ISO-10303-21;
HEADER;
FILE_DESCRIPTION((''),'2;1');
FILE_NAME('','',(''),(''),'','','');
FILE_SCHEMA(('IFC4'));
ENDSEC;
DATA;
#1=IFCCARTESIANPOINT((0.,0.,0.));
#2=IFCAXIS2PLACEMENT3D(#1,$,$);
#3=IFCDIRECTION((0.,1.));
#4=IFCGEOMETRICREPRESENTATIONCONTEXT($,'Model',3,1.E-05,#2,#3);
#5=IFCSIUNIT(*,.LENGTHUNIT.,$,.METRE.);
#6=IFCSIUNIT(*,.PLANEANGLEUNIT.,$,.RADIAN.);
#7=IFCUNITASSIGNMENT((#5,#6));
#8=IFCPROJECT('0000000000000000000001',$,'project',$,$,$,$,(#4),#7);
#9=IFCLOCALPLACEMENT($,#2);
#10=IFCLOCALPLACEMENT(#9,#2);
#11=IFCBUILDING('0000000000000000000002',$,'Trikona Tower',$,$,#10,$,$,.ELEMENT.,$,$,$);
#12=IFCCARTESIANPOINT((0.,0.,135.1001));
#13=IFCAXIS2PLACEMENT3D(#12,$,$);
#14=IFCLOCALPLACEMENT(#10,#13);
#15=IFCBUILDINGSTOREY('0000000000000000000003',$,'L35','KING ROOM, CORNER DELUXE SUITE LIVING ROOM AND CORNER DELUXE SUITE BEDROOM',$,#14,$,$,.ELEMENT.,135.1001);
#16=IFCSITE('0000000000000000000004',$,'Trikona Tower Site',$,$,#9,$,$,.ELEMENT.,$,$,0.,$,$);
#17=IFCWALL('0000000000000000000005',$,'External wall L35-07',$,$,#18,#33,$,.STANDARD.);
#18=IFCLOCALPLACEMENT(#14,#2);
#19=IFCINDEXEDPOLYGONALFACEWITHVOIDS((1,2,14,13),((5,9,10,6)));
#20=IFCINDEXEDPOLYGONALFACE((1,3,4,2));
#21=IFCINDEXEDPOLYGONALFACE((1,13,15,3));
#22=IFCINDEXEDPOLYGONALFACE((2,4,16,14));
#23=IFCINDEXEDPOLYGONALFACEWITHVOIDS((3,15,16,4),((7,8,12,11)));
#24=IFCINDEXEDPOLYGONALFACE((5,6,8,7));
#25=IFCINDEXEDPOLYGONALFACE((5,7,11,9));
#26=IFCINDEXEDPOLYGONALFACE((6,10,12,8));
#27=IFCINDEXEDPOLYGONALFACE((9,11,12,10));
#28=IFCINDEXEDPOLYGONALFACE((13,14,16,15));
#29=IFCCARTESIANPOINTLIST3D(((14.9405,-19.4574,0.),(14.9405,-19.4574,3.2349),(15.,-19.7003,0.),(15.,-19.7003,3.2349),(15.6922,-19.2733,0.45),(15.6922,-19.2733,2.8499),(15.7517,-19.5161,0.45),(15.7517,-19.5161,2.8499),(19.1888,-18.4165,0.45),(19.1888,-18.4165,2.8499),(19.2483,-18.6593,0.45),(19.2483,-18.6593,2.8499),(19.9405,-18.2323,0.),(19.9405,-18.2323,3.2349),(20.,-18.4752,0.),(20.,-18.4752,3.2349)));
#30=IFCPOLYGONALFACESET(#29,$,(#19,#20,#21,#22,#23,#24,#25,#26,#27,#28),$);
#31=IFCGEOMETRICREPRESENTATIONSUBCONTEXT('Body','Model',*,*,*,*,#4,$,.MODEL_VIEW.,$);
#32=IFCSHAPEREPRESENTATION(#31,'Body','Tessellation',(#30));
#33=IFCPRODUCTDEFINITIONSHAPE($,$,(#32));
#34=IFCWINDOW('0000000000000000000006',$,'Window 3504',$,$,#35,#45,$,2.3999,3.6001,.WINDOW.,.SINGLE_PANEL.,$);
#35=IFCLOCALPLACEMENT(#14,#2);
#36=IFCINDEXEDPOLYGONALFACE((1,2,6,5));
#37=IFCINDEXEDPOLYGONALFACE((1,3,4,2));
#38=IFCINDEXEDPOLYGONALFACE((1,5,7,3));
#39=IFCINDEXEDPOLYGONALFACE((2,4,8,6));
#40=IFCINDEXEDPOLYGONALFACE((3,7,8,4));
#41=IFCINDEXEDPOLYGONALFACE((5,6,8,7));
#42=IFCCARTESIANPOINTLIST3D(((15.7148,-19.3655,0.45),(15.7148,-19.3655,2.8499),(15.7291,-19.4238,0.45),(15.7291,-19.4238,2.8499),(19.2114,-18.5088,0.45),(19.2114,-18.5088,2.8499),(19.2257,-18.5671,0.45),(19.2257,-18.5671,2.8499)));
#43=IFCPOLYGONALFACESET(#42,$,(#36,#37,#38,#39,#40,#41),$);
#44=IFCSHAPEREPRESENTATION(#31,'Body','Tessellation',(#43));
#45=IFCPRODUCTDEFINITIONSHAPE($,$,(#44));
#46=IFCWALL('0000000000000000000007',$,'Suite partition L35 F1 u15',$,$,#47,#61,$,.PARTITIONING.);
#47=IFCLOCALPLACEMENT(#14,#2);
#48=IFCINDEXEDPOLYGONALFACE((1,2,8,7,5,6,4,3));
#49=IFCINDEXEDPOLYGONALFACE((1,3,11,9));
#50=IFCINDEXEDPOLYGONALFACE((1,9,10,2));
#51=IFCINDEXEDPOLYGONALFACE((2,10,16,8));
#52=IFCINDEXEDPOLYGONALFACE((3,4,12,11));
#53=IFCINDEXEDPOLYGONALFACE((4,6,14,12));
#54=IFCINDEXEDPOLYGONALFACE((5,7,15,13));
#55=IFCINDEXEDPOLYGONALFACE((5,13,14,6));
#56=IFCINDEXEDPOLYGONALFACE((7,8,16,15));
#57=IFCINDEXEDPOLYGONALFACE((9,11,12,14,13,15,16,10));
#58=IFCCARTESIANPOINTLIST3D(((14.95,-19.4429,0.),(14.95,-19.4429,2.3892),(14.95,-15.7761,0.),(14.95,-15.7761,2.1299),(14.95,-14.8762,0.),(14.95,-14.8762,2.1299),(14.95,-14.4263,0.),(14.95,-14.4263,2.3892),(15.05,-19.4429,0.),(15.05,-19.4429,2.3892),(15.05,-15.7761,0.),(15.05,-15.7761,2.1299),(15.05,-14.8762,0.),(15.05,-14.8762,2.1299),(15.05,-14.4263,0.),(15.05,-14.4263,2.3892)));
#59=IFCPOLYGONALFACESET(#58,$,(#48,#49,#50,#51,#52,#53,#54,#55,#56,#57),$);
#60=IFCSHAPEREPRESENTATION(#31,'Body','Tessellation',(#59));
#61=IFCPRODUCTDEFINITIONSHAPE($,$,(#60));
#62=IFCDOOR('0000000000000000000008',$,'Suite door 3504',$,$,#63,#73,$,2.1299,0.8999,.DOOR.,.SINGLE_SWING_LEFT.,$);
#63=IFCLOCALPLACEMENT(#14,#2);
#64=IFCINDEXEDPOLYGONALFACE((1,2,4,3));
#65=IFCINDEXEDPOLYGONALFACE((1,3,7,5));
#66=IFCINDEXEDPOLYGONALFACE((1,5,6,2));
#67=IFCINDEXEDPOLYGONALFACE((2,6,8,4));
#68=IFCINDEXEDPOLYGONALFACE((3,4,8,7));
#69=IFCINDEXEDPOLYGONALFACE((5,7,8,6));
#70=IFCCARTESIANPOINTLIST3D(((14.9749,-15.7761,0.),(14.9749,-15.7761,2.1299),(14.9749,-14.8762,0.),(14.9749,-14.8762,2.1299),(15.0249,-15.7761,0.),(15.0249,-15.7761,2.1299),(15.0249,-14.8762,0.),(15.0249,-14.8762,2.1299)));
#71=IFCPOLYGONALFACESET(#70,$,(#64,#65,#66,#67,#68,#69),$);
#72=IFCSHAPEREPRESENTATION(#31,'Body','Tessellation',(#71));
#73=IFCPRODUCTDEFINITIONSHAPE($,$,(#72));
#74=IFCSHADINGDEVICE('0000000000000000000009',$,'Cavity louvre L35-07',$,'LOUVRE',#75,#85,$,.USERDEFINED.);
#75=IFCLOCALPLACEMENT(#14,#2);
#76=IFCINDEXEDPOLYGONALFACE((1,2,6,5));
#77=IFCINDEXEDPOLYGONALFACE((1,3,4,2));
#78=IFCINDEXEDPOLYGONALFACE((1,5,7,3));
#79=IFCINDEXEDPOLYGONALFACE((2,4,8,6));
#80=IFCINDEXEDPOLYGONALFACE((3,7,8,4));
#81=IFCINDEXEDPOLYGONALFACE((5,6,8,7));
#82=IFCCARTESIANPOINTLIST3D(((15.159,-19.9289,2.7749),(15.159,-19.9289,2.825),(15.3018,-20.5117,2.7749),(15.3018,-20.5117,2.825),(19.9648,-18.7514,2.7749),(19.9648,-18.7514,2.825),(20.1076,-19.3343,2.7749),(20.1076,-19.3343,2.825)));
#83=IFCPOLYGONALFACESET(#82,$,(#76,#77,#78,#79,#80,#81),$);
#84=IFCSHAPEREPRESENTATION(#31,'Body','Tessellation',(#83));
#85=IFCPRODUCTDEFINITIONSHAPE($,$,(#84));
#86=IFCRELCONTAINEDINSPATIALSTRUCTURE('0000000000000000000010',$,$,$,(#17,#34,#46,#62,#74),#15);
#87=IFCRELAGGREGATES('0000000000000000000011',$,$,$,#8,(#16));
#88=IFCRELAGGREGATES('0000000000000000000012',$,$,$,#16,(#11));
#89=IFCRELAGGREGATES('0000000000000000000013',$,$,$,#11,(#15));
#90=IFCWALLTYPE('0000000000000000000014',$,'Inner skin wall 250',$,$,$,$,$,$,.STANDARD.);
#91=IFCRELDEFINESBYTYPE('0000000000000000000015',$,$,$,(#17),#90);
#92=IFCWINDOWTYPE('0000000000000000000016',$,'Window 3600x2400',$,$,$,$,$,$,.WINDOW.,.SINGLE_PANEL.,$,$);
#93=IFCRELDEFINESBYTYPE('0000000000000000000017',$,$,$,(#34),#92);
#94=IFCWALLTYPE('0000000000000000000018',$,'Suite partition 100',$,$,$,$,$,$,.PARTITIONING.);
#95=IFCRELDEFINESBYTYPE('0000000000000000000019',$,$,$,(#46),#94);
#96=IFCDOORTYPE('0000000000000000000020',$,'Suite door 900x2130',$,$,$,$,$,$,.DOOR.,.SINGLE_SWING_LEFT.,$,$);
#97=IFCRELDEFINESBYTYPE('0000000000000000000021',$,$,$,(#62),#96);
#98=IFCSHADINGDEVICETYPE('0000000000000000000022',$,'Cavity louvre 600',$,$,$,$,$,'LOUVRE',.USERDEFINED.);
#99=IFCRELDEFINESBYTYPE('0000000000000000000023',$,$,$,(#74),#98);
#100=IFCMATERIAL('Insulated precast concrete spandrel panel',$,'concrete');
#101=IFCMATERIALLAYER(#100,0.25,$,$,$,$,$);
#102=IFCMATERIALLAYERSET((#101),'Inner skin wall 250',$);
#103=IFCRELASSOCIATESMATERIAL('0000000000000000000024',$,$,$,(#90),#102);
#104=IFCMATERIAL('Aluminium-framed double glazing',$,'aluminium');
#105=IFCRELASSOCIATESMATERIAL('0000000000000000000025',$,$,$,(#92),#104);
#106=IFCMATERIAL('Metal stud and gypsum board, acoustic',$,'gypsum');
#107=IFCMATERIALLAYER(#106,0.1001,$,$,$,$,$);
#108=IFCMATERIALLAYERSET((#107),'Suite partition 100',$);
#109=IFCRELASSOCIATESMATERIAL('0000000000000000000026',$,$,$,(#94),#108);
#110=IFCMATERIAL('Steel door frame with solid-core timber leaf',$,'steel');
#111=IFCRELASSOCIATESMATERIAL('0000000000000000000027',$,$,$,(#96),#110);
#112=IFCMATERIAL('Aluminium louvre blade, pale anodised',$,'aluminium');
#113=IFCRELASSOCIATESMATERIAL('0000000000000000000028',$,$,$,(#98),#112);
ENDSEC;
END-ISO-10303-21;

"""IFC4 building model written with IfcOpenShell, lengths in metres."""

from ifc_helpers import new_model, si_unit, direction, frame, frame_2d, origin, origin_2d, place, context, subcontext, project, spatial, rectangle, extrude, material, layer, layer_set, type_object, element, fill, save


model = new_model("IFC4")

# Units and contexts
model_context = context("Model", 3, precision=1e-05, world=origin(), true_north=direction((0.0, 1.0)))
body_context = subcontext(model_context, "Body", "Model", "MODEL_VIEW")
ifc_project = project(units=[si_unit("LENGTHUNIT", "METRE"), si_unit("PLANEANGLEUNIT", "RADIAN")], contexts=[model_context])

# Site, building, storey
site_placement = place(None, origin())
site = spatial("IfcSite", under=ifc_project, at=site_placement, Name="Trikona Tower Site", CompositionType="ELEMENT", RefElevation=0.0)
building_placement = place(site_placement, origin())
building = spatial("IfcBuilding", under=site, at=building_placement, Name="Trikona Tower", CompositionType="ELEMENT")
storey_placement = place(building_placement, frame((0.0, 0.0, 135.1001)))
storey = spatial("IfcBuildingStorey", under=building, at=storey_placement, Name="L35", Description="KING ROOM, CORNER DELUXE SUITE LIVING ROOM AND CORNER DELUXE SUITE BEDROOM", CompositionType="ELEMENT", Elevation=135.1001)

# Wall, opening, window
ifc_material_1 = material(Name="Insulated precast concrete spandrel panel", Category="concrete")
ifc_layer_1 = layer(ifc_material_1, 0.25)
ifc_layer_set_1 = layer_set([ifc_layer_1], Name="Inner skin wall 250")
wall_type_1 = type_object("IfcWallType", Name="Inner skin wall 250", PredefinedType="STANDARD", material=ifc_layer_set_1)
wall_1_placement = place(storey_placement, frame((14.9702, -19.5789, 0.0), z_axis=(0.0, 0.0, 1.0), x_axis=(0.97127, 0.23798, 0.0)))
wall_1 = element("IfcWall", 1, at=wall_1_placement, inside=storey, type_object=wall_type_1, Name="External wall L35-07", PredefinedType="STANDARD", context=body_context, shape_type="SweptSolid", body=[
    extrude(rectangle(XDim=5.1479, YDim=0.25, at=frame_2d((2.574, 0.0))), origin(), (0.0, 0.0, 1.0), 3.2349),
])
opening_1_placement = place(wall_1_placement, frame((0.7739, 0.0, 0.45)))
opening_1 = element("IfcOpeningElement", 2, at=opening_1_placement, cuts=wall_1, PredefinedType="OPENING", context=body_context, shape_type="SweptSolid", body=[
    extrude(rectangle(XDim=3.6001, YDim=2.3999, at=frame_2d((1.8, 1.2))), frame((0.0, 0.135, 0.0), z_axis=(0.0, -1.0, 0.0), x_axis=(1.0, 0.0, 0.0)), (0.0, 0.0, 1.0), 0.27),
])
ifc_material_2 = material(Name="Aluminium-framed double glazing", Category="aluminium")
window_type = type_object("IfcWindowType", Name="Window 3600x2400", PartitioningType="SINGLE_PANEL", PredefinedType="WINDOW", material=ifc_material_2)
window_placement = place(opening_1_placement, origin())
window = element("IfcWindow", 3, at=window_placement, inside=storey, type_object=window_type, Name="Window 3504", OverallHeight=2.3999, OverallWidth=3.6001, PartitioningType="SINGLE_PANEL", PredefinedType="WINDOW", context=body_context, shape_type="SweptSolid", body=[
    extrude(rectangle(XDim=3.6001, YDim=2.3999, at=frame_2d((1.8, 1.2))), frame((0.0, 0.03, 0.0), z_axis=(0.0, -1.0, 0.0), x_axis=(1.0, 0.0, 0.0)), (0.0, 0.0, 1.0), 0.0601),
])
fill(opening_1, window)

# Wall, opening, door
ifc_material_3 = material(Name="Metal stud and gypsum board, acoustic", Category="gypsum")
ifc_layer_2 = layer(ifc_material_3, 0.1001)
ifc_layer_set_2 = layer_set([ifc_layer_2], Name="Suite partition 100")
wall_type_2 = type_object("IfcWallType", Name="Suite partition 100", PredefinedType="PARTITIONING", material=ifc_layer_set_2)
wall_2_placement = place(storey_placement, frame((15.0, -14.4263, 0.0), z_axis=(0.0, 0.0, 1.0), x_axis=(0.0, -1.0, 0.0)))
wall_2 = element("IfcWall", 4, at=wall_2_placement, inside=storey, type_object=wall_type_2, Name="Suite partition L35 F1 u15", PredefinedType="PARTITIONING", context=body_context, shape_type="SweptSolid", body=[
    extrude(rectangle(XDim=5.0166, YDim=0.1001, at=frame_2d((2.5083, 0.0))), origin(), (0.0, 0.0, 1.0), 2.3892),
])
opening_2_placement = place(wall_2_placement, frame((0.45, 0.0, 0.0)))
opening_2 = element("IfcOpeningElement", 5, at=opening_2_placement, cuts=wall_2, PredefinedType="OPENING", context=body_context, shape_type="SweptSolid", body=[
    extrude(rectangle(XDim=0.8999, YDim=2.1299, at=frame_2d((0.45, 1.0649))), frame((0.0, 0.0601, 0.0), z_axis=(0.0, -1.0, 0.0), x_axis=(1.0, 0.0, 0.0)), (0.0, 0.0, 1.0), 0.1201),
])
ifc_material_4 = material(Name="Steel door frame with solid-core timber leaf", Category="steel")
door_type = type_object("IfcDoorType", Name="Suite door 900x2130", OperationType="SINGLE_SWING_LEFT", PredefinedType="DOOR", material=ifc_material_4)
door_placement = place(opening_2_placement, origin())
door = element("IfcDoor", 6, at=door_placement, inside=storey, type_object=door_type, Name="Suite door 3504", OperationType="SINGLE_SWING_LEFT", OverallHeight=2.1299, OverallWidth=0.8999, PredefinedType="DOOR", context=body_context, shape_type="SweptSolid", body=[
    extrude(rectangle(XDim=0.8999, YDim=2.1299, at=frame_2d((0.45, 1.0649))), frame((0.0, 0.0249, 0.0), z_axis=(0.0, -1.0, 0.0), x_axis=(1.0, 0.0, 0.0)), (0.0, 0.0, 1.0), 0.05),
])
fill(opening_2, door)

# Shading device
ifc_material_5 = material(Name="Aluminium louvre blade, pale anodised", Category="aluminium")
shading_device_type = type_object("IfcShadingDeviceType", Name="Cavity louvre 600", ElementType="LOUVRE", PredefinedType="USERDEFINED", material=ifc_material_5)
shading_device_placement = place(storey_placement, frame((17.6333, -19.6316, 2.7749), z_axis=(0.0, 0.0, 1.0), x_axis=(0.971274, 0.237962, 0.0)))
element("IfcShadingDevice", 7, at=shading_device_placement, inside=storey, type_object=shading_device_type, Name="Cavity louvre L35-07", ObjectType="LOUVRE", PredefinedType="USERDEFINED", context=body_context, shape_type="SweptSolid", body=[
    extrude(rectangle(XDim=4.948, YDim=0.6001, at=origin_2d()), origin(), (0.0, 0.0, 1.0), 0.05),
])

save(model, "model.ifc")
